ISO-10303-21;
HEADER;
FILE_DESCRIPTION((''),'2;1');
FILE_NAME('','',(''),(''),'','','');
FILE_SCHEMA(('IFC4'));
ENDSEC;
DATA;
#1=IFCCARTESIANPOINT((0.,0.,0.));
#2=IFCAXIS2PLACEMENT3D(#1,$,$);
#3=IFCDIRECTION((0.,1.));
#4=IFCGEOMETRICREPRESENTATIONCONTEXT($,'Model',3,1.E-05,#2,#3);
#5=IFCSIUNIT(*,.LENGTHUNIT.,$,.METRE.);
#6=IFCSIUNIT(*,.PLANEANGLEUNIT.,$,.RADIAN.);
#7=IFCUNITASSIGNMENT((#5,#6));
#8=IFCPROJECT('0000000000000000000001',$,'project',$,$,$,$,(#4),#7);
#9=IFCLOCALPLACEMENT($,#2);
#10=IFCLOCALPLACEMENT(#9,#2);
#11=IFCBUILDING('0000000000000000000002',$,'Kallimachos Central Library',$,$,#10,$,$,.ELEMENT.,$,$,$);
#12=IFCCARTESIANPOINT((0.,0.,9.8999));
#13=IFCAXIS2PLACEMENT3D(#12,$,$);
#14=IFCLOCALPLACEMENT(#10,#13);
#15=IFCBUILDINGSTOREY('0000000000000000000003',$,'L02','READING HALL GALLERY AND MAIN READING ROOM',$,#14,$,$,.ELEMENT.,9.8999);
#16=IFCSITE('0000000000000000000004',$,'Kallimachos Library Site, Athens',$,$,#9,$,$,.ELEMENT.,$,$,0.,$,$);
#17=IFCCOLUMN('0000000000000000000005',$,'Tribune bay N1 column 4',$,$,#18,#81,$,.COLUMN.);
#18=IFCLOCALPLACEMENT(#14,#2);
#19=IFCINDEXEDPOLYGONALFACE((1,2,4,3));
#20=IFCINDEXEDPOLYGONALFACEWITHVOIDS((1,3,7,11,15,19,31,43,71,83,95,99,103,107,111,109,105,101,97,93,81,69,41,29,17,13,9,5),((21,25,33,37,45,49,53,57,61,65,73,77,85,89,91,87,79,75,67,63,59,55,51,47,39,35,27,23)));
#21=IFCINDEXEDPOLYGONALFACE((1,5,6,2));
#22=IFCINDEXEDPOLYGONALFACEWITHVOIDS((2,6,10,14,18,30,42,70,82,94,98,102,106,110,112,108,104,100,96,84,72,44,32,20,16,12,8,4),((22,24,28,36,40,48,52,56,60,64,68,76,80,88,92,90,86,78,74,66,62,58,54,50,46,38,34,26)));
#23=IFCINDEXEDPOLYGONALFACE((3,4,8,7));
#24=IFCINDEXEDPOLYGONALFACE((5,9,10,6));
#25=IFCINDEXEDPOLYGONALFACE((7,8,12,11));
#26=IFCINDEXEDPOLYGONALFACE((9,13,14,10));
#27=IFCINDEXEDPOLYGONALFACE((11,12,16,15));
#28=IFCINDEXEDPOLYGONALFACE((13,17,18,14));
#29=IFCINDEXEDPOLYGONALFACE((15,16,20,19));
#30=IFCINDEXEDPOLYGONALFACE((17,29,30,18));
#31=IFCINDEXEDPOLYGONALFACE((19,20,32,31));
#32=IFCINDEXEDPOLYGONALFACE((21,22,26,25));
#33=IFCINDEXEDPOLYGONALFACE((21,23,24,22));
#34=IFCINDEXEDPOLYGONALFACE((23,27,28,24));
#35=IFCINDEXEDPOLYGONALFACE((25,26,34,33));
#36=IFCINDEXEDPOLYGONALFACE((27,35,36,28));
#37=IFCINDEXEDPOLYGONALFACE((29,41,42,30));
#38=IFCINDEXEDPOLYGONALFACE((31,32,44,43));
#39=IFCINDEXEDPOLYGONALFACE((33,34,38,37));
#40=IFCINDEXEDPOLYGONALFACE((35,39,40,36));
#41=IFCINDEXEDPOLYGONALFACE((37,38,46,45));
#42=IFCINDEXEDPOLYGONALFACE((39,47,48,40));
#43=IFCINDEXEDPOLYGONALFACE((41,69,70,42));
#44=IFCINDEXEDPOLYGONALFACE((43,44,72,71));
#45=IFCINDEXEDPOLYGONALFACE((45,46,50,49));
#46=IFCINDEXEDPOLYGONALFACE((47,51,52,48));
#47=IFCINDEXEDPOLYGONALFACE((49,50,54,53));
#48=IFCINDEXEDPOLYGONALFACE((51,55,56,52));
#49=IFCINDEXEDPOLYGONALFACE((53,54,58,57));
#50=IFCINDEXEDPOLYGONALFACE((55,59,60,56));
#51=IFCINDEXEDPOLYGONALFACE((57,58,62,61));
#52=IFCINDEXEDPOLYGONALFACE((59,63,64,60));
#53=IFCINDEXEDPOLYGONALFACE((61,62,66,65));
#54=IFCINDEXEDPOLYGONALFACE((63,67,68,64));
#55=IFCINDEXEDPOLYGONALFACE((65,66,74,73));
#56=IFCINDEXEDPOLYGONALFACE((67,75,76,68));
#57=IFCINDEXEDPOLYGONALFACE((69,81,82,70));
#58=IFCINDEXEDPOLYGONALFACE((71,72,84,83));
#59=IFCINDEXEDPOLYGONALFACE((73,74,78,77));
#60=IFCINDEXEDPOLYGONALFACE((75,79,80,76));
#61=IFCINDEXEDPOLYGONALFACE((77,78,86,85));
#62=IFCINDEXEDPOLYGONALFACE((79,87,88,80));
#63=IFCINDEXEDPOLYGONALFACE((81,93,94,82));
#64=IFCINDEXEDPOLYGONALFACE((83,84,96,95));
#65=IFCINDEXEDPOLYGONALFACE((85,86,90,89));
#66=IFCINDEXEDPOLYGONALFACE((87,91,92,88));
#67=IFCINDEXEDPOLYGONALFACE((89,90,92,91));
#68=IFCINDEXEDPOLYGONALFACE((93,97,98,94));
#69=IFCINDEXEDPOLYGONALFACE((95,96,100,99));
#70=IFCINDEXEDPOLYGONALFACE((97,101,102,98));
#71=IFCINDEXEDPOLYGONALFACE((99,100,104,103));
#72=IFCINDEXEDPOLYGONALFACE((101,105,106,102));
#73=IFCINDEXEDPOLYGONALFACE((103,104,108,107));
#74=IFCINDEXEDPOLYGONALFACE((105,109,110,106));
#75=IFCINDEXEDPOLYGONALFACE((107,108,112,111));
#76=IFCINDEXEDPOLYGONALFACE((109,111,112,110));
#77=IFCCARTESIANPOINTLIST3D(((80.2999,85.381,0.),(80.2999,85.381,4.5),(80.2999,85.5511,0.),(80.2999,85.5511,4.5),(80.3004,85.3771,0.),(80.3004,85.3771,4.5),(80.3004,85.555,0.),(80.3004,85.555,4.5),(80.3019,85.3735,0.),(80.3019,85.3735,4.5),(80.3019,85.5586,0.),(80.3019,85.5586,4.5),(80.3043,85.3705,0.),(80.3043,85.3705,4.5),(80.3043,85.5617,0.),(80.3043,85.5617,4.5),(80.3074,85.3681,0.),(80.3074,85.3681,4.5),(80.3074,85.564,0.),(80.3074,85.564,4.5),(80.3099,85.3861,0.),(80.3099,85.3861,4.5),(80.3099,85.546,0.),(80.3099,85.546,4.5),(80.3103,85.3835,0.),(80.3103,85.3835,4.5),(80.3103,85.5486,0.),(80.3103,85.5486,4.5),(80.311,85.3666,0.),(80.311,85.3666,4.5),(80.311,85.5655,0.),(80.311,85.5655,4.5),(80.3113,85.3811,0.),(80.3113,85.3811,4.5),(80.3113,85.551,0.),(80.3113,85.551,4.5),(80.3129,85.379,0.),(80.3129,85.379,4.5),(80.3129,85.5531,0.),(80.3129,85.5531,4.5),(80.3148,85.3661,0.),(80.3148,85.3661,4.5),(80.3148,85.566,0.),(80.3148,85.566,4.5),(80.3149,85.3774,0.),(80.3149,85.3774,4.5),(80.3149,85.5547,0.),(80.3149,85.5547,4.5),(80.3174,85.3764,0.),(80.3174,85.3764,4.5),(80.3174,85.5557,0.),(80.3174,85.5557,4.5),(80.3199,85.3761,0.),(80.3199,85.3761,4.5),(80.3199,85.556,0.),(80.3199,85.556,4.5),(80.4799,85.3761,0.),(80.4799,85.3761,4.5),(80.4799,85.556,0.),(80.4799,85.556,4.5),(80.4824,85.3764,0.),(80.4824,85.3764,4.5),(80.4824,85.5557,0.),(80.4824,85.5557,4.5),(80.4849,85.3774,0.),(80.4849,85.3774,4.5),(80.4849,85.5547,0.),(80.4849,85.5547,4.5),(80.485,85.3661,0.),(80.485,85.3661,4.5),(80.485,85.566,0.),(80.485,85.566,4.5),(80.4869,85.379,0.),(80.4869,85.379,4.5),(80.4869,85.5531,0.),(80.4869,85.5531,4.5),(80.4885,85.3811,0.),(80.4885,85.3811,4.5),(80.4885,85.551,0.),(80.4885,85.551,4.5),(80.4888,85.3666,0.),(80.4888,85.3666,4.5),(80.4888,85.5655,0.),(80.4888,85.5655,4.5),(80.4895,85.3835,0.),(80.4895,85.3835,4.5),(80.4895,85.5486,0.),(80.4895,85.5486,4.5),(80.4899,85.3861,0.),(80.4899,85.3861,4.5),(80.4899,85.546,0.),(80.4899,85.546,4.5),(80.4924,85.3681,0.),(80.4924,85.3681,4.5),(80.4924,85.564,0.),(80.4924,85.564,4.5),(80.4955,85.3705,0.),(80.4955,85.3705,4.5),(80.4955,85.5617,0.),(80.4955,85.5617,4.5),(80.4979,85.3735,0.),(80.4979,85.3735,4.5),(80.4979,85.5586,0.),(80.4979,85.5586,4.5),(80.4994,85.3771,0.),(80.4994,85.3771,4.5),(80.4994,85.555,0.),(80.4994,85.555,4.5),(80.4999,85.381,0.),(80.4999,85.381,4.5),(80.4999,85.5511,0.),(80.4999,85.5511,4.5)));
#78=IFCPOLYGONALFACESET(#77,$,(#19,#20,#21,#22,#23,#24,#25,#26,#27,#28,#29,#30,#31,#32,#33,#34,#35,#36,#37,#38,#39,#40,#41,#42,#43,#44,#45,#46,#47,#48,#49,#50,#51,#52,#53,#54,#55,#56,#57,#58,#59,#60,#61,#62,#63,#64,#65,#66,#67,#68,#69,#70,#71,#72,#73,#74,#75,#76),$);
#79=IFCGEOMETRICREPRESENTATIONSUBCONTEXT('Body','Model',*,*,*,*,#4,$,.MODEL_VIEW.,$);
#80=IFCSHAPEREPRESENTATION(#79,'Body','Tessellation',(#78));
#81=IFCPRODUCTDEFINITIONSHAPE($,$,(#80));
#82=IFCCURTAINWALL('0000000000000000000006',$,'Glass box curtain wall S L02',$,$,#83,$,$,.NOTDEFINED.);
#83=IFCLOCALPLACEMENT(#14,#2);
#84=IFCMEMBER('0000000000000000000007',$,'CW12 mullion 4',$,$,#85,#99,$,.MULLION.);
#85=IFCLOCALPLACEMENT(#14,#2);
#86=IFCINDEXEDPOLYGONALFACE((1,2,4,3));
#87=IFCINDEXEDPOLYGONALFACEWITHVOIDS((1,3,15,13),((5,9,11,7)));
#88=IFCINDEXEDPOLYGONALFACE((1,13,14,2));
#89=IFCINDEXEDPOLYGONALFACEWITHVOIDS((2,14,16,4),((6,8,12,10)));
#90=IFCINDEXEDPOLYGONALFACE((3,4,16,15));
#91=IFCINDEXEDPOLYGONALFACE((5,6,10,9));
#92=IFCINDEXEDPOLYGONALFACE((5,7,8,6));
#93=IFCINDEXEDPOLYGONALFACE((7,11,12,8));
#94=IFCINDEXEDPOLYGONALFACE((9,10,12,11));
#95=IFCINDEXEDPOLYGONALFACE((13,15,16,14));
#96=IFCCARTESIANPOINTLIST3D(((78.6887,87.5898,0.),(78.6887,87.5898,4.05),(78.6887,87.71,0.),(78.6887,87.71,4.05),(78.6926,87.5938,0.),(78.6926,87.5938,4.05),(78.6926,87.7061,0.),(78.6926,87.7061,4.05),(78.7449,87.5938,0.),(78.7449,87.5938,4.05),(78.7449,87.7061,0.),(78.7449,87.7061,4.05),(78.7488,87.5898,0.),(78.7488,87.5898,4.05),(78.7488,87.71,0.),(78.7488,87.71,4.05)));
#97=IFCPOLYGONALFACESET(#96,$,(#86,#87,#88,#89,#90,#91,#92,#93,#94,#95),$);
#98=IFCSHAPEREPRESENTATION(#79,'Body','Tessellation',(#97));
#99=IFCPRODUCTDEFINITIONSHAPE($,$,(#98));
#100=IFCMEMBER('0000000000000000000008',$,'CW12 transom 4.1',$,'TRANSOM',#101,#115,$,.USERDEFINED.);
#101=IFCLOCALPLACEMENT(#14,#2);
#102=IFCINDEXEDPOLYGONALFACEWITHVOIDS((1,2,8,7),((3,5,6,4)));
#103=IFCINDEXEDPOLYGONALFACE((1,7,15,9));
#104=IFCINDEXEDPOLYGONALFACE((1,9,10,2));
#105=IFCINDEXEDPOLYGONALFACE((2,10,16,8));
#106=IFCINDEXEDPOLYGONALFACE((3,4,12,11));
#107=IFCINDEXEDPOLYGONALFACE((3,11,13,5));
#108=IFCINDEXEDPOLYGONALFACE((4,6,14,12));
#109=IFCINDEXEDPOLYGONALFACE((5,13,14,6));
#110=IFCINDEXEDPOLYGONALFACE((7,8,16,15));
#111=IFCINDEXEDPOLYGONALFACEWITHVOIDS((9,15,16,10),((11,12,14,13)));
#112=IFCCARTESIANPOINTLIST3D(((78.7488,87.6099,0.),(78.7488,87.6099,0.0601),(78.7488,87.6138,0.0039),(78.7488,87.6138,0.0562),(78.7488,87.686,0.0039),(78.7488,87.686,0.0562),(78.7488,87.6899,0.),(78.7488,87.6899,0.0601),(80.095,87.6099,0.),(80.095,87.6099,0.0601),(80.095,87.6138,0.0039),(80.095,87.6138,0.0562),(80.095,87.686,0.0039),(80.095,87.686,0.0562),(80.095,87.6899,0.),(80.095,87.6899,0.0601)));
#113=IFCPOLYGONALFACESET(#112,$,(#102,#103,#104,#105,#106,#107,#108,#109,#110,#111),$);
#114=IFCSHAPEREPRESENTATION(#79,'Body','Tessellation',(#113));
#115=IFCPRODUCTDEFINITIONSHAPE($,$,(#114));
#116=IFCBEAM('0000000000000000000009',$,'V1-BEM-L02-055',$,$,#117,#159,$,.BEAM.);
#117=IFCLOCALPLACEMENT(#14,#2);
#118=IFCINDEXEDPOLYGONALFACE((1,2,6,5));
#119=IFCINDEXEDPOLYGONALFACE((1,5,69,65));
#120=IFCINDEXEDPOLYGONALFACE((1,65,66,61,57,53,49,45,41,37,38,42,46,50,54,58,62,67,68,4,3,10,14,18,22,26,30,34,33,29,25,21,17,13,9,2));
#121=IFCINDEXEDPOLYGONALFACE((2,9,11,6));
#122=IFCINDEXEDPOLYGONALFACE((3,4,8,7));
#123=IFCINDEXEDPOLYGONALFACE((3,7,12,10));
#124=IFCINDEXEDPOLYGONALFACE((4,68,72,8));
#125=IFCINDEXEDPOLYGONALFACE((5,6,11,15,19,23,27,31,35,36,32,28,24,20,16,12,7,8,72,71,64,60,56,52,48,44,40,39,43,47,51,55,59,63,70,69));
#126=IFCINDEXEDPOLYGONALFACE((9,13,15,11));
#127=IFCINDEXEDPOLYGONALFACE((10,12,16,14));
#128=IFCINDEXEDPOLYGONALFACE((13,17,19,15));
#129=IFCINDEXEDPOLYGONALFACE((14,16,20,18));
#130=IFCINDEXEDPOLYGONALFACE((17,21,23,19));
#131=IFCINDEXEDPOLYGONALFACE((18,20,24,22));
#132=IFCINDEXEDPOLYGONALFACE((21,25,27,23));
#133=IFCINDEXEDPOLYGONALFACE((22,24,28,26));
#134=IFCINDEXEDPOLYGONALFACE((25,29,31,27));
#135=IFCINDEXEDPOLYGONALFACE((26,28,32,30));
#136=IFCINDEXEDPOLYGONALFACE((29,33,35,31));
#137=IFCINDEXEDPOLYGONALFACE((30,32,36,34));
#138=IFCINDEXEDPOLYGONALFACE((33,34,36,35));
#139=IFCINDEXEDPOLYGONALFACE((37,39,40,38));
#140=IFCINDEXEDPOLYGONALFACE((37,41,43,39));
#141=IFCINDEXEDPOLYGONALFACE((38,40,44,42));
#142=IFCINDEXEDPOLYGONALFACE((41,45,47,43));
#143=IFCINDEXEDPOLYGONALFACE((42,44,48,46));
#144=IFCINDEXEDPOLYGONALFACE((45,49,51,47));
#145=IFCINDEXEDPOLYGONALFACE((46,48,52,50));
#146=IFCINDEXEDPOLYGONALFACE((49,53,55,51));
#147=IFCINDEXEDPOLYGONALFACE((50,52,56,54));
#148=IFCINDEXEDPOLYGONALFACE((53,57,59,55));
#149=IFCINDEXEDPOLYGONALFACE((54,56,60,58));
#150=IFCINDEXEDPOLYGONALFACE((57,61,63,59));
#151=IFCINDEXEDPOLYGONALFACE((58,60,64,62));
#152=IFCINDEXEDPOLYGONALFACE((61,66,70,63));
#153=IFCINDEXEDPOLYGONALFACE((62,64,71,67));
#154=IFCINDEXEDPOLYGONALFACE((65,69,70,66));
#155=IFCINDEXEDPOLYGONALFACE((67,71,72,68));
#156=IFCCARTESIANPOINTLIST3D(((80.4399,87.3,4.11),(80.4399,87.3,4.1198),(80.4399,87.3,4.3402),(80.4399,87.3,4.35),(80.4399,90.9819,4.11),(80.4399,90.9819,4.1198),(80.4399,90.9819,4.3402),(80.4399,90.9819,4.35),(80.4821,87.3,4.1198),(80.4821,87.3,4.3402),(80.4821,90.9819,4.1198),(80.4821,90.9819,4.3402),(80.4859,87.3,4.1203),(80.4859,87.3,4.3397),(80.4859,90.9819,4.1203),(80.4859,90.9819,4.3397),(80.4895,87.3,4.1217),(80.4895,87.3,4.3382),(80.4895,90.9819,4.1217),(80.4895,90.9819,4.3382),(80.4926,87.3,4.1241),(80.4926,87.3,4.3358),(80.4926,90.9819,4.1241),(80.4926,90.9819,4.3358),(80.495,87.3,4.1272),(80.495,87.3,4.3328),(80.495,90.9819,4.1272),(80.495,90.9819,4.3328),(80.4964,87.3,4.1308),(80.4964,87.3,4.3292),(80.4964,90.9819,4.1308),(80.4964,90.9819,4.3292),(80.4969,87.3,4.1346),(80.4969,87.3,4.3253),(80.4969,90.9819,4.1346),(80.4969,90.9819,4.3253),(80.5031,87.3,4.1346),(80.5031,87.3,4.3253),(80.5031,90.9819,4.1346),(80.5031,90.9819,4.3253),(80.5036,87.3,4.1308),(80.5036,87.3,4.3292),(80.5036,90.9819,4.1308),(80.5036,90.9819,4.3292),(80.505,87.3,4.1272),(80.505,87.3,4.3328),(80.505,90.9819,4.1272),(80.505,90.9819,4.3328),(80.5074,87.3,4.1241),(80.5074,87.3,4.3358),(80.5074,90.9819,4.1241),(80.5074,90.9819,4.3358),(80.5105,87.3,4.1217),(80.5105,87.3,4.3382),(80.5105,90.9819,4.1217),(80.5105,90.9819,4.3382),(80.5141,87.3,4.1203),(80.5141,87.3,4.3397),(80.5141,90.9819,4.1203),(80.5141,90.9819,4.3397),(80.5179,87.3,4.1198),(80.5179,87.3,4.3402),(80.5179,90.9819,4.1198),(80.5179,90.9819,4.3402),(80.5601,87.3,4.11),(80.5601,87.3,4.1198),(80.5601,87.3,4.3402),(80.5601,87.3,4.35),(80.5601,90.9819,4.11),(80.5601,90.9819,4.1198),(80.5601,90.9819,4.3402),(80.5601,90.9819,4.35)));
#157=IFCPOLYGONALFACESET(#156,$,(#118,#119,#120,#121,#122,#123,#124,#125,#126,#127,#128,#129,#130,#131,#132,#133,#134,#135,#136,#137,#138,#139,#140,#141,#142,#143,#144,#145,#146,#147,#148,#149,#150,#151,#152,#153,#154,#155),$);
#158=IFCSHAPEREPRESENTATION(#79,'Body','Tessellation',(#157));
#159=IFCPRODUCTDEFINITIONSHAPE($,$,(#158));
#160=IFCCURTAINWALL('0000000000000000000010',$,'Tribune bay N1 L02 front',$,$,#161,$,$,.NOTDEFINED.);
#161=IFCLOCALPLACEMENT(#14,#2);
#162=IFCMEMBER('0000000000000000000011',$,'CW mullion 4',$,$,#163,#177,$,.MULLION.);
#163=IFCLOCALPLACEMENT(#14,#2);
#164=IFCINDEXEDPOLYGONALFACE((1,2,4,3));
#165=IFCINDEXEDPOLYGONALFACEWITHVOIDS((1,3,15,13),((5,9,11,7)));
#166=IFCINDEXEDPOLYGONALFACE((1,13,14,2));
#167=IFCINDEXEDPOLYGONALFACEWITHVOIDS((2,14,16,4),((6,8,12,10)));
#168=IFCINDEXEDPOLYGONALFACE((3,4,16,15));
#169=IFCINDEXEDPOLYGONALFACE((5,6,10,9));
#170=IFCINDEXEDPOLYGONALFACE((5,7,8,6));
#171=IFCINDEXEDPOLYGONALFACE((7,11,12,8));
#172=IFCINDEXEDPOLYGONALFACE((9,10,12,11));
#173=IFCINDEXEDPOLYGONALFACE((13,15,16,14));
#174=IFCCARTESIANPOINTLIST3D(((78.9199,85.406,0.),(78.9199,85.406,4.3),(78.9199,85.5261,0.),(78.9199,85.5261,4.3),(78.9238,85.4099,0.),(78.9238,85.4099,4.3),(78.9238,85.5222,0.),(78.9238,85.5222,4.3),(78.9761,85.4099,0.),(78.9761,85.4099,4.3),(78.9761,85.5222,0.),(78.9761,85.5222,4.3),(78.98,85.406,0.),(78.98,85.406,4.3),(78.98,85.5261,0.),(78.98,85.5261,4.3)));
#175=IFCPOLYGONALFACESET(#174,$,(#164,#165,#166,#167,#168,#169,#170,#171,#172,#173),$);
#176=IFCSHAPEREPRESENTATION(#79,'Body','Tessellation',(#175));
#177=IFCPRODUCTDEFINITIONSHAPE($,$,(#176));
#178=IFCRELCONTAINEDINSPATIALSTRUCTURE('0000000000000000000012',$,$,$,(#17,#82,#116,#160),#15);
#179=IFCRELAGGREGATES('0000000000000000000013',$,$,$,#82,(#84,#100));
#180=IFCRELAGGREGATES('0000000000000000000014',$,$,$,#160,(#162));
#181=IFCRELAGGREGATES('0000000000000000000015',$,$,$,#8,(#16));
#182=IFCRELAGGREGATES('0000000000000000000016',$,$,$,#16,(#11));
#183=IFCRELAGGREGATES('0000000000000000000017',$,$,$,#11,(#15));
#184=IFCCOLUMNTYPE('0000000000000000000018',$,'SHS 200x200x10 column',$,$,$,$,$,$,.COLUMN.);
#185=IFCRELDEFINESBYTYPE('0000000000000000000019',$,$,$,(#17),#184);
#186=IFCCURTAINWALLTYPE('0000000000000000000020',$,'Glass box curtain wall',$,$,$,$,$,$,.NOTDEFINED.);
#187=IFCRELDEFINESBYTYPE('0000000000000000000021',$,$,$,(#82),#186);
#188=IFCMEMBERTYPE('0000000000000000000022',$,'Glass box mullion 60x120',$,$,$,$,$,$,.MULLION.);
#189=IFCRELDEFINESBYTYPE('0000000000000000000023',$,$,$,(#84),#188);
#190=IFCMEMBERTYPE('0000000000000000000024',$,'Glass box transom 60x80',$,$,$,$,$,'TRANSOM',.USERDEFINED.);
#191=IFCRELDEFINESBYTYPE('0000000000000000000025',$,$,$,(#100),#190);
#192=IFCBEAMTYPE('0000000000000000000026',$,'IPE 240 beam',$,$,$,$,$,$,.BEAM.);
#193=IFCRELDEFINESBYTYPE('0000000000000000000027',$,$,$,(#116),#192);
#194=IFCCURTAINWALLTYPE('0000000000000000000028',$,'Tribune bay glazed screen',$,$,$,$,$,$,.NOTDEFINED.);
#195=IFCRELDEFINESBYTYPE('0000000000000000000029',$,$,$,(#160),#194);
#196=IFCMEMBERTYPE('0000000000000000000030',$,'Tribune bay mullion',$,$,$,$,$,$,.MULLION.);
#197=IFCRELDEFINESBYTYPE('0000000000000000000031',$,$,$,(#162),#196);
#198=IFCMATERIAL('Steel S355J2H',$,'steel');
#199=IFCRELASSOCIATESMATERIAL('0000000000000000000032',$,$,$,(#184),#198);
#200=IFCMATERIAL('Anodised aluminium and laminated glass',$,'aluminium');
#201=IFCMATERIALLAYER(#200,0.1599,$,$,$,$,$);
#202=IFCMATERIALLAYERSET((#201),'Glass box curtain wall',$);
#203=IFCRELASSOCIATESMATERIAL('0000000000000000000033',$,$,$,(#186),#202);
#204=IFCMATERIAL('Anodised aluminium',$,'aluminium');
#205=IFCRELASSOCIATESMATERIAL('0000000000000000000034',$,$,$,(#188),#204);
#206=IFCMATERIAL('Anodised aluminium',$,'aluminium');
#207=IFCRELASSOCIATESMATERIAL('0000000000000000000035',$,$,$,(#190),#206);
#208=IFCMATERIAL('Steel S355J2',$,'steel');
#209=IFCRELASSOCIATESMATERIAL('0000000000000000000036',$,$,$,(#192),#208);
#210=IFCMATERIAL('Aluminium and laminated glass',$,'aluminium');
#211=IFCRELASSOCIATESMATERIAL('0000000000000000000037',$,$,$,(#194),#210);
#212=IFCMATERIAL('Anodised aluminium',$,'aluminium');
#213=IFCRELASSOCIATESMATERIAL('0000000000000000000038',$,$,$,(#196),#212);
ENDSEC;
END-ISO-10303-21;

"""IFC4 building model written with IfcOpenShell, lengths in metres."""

from ifc_helpers import new_model, si_unit, direction, frame, origin, origin_2d, place, context, subcontext, project, spatial, hollow_rectangle, i_section, extrude, material, layer, layer_set, material_profile, profile_set, type_object, element, aggregate, save


model = new_model("IFC4")

# Units and contexts
model_context = context("Model", 3, precision=1e-05, world=origin(), true_north=direction((0.0, 1.0)))
body_context = subcontext(model_context, "Body", "Model", "MODEL_VIEW")
ifc_project = project(units=[si_unit("LENGTHUNIT", "METRE"), si_unit("PLANEANGLEUNIT", "RADIAN")], contexts=[model_context])

# Site, building, storey
site_placement = place(None, origin())
site = spatial("IfcSite", under=ifc_project, at=site_placement, Name="Kallimachos Library Site, Athens", CompositionType="ELEMENT", RefElevation=0.0)
building_placement = place(site_placement, origin())
building = spatial("IfcBuilding", under=site, at=building_placement, Name="Kallimachos Central Library", CompositionType="ELEMENT")
storey_placement = place(building_placement, frame((0.0, 0.0, 9.8999)))
storey = spatial("IfcBuildingStorey", under=building, at=storey_placement, Name="L02", Description="READING HALL GALLERY AND MAIN READING ROOM", CompositionType="ELEMENT", Elevation=9.8999)

# Column
ifc_material_1 = material(Name="Steel S355J2H", Category="steel")
ifc_material_profile_1 = material_profile(ifc_material_1, hollow_rectangle(XDim=0.2, YDim=0.2, WallThickness=0.01, InnerFilletRadius=0.01, OuterFilletRadius=0.0149, at=origin_2d()), Name="SHS 200x200x10")
ifc_profile_set_1 = profile_set([ifc_material_profile_1], Name="Steel S355J2H")
column_type = type_object("IfcColumnType", Name="SHS 200x200x10 column", PredefinedType="COLUMN", material=ifc_profile_set_1)
column_placement = place(storey_placement, frame((80.3999, 85.4661, 0.0), z_axis=(0.0, 0.0, 1.0), x_axis=(1.0, 0.0, 0.0)))
element("IfcColumn", 1, at=column_placement, inside=storey, type_object=column_type, Name="Tribune bay N1 column 4", PredefinedType="COLUMN", context=body_context, shape_type="SweptSolid", body=[
    extrude(hollow_rectangle(XDim=0.2, YDim=0.2, WallThickness=0.01, InnerFilletRadius=0.01, OuterFilletRadius=0.0149, at=origin_2d()), origin(), (0.0, 0.0, 1.0), 4.5),
])

# Curtain wall, members
ifc_material_2 = material(Name="Anodised aluminium and laminated glass", Category="aluminium")
ifc_layer_1 = layer(ifc_material_2, 0.1599)
ifc_layer_set_1 = layer_set([ifc_layer_1], Name="Glass box curtain wall")
curtain_wall_type_1 = type_object("IfcCurtainWallType", Name="Glass box curtain wall", PredefinedType="NOTDEFINED", material=ifc_layer_set_1)
curtain_wall_1_placement = place(storey_placement, origin())
curtain_wall_1 = element("IfcCurtainWall", 2, at=curtain_wall_1_placement, inside=storey, type_object=curtain_wall_type_1, Name="Glass box curtain wall S L02", PredefinedType="NOTDEFINED")
ifc_material_3 = material(Name="Anodised aluminium", Category="aluminium")
ifc_material_profile_2 = material_profile(ifc_material_3, hollow_rectangle(XDim=0.0601, YDim=0.1201, WallThickness=0.0039, at=origin_2d()), Name="ALU MULLION 60x120")
ifc_profile_set_2 = profile_set([ifc_material_profile_2], Name="Anodised aluminium")
member_type_1 = type_object("IfcMemberType", Name="Glass box mullion 60x120", PredefinedType="MULLION", material=ifc_profile_set_2)
member_1_placement = place(storey_placement, frame((78.7188, 87.6499, 0.0), z_axis=(0.0, 0.0, 1.0), x_axis=(1.0, 0.0, 0.0)))
member_1 = element("IfcMember", 3, at=member_1_placement, type_object=member_type_1, Name="CW12 mullion 4", PredefinedType="MULLION", context=body_context, shape_type="SweptSolid", body=[
    extrude(hollow_rectangle(XDim=0.0601, YDim=0.1201, WallThickness=0.0039, at=origin_2d()), origin(), (0.0, 0.0, 1.0), 4.05),
])
ifc_material_4 = material(Name="Anodised aluminium", Category="aluminium")
ifc_material_profile_3 = material_profile(ifc_material_4, hollow_rectangle(XDim=0.0601, YDim=0.0801, WallThickness=0.0039, at=origin_2d()), Name="ALU TRANSOM 60x80")
ifc_profile_set_3 = profile_set([ifc_material_profile_3], Name="Anodised aluminium")
member_type_2 = type_object("IfcMemberType", Name="Glass box transom 60x80", ElementType="TRANSOM", PredefinedType="USERDEFINED", material=ifc_profile_set_3)
member_2_placement = place(storey_placement, frame((78.7488, 87.6499, 0.03), z_axis=(1.0, 0.0, 0.0), x_axis=(0.0, 0.0, 1.0)))
member_2 = element("IfcMember", 4, at=member_2_placement, type_object=member_type_2, Name="CW12 transom 4.1", ObjectType="TRANSOM", PredefinedType="USERDEFINED", context=body_context, shape_type="SweptSolid", body=[
    extrude(hollow_rectangle(XDim=0.0601, YDim=0.0801, WallThickness=0.0039, at=origin_2d()), origin(), (0.0, 0.0, 1.0), 1.3462),
])

# Beam
ifc_material_5 = material(Name="Steel S355J2", Category="steel")
ifc_material_profile_4 = material_profile(ifc_material_5, i_section(OverallWidth=0.1201, OverallDepth=0.24, WebThickness=0.0061, FlangeThickness=0.0098, FilletRadius=0.0149, at=origin_2d()), Name="IPE 240")
ifc_profile_set_4 = profile_set([ifc_material_profile_4], Name="Steel S355J2")
beam_type = type_object("IfcBeamType", Name="IPE 240 beam", PredefinedType="BEAM", material=ifc_profile_set_4)
beam_placement = place(storey_placement, frame((80.5, 87.3, 4.23), z_axis=(0.0, 1.0, 0.0), x_axis=(-1.0, 0.0, 0.0)))
element("IfcBeam", 5, at=beam_placement, inside=storey, type_object=beam_type, Name="V1-BEM-L02-055", PredefinedType="BEAM", context=body_context, shape_type="SweptSolid", body=[
    extrude(i_section(OverallWidth=0.1201, OverallDepth=0.24, WebThickness=0.0061, FlangeThickness=0.0098, FilletRadius=0.0149, at=origin_2d()), origin(), (0.0, 0.0, 1.0), 3.6819),
])

# Curtain wall, member
ifc_material_6 = material(Name="Aluminium and laminated glass", Category="aluminium")
curtain_wall_type_2 = type_object("IfcCurtainWallType", Name="Tribune bay glazed screen", PredefinedType="NOTDEFINED", material=ifc_material_6)
curtain_wall_2_placement = place(storey_placement, origin())
curtain_wall_2 = element("IfcCurtainWall", 6, at=curtain_wall_2_placement, inside=storey, type_object=curtain_wall_type_2, Name="Tribune bay N1 L02 front", PredefinedType="NOTDEFINED")
ifc_material_7 = material(Name="Anodised aluminium", Category="aluminium")
ifc_material_profile_5 = material_profile(ifc_material_7, hollow_rectangle(XDim=0.0601, YDim=0.1201, WallThickness=0.0039, at=origin_2d()), Name="ALU MULLION 60x120")
ifc_profile_set_5 = profile_set([ifc_material_profile_5], Name="Anodised aluminium")
member_type_3 = type_object("IfcMemberType", Name="Tribune bay mullion", PredefinedType="MULLION", material=ifc_profile_set_5)
member_3_placement = place(storey_placement, frame((78.95, 85.4661, 0.0), z_axis=(0.0, 0.0, 1.0), x_axis=(1.0, 0.0, 0.0)))
member_3 = element("IfcMember", 7, at=member_3_placement, type_object=member_type_3, Name="CW mullion 4", PredefinedType="MULLION", context=body_context, shape_type="SweptSolid", body=[
    extrude(hollow_rectangle(XDim=0.0601, YDim=0.1201, WallThickness=0.0039, at=origin_2d()), origin(), (0.0, 0.0, 1.0), 4.3),
])

aggregate(curtain_wall_1, [member_1, member_2])
aggregate(curtain_wall_2, [member_3])

save(model, "model.ifc")
